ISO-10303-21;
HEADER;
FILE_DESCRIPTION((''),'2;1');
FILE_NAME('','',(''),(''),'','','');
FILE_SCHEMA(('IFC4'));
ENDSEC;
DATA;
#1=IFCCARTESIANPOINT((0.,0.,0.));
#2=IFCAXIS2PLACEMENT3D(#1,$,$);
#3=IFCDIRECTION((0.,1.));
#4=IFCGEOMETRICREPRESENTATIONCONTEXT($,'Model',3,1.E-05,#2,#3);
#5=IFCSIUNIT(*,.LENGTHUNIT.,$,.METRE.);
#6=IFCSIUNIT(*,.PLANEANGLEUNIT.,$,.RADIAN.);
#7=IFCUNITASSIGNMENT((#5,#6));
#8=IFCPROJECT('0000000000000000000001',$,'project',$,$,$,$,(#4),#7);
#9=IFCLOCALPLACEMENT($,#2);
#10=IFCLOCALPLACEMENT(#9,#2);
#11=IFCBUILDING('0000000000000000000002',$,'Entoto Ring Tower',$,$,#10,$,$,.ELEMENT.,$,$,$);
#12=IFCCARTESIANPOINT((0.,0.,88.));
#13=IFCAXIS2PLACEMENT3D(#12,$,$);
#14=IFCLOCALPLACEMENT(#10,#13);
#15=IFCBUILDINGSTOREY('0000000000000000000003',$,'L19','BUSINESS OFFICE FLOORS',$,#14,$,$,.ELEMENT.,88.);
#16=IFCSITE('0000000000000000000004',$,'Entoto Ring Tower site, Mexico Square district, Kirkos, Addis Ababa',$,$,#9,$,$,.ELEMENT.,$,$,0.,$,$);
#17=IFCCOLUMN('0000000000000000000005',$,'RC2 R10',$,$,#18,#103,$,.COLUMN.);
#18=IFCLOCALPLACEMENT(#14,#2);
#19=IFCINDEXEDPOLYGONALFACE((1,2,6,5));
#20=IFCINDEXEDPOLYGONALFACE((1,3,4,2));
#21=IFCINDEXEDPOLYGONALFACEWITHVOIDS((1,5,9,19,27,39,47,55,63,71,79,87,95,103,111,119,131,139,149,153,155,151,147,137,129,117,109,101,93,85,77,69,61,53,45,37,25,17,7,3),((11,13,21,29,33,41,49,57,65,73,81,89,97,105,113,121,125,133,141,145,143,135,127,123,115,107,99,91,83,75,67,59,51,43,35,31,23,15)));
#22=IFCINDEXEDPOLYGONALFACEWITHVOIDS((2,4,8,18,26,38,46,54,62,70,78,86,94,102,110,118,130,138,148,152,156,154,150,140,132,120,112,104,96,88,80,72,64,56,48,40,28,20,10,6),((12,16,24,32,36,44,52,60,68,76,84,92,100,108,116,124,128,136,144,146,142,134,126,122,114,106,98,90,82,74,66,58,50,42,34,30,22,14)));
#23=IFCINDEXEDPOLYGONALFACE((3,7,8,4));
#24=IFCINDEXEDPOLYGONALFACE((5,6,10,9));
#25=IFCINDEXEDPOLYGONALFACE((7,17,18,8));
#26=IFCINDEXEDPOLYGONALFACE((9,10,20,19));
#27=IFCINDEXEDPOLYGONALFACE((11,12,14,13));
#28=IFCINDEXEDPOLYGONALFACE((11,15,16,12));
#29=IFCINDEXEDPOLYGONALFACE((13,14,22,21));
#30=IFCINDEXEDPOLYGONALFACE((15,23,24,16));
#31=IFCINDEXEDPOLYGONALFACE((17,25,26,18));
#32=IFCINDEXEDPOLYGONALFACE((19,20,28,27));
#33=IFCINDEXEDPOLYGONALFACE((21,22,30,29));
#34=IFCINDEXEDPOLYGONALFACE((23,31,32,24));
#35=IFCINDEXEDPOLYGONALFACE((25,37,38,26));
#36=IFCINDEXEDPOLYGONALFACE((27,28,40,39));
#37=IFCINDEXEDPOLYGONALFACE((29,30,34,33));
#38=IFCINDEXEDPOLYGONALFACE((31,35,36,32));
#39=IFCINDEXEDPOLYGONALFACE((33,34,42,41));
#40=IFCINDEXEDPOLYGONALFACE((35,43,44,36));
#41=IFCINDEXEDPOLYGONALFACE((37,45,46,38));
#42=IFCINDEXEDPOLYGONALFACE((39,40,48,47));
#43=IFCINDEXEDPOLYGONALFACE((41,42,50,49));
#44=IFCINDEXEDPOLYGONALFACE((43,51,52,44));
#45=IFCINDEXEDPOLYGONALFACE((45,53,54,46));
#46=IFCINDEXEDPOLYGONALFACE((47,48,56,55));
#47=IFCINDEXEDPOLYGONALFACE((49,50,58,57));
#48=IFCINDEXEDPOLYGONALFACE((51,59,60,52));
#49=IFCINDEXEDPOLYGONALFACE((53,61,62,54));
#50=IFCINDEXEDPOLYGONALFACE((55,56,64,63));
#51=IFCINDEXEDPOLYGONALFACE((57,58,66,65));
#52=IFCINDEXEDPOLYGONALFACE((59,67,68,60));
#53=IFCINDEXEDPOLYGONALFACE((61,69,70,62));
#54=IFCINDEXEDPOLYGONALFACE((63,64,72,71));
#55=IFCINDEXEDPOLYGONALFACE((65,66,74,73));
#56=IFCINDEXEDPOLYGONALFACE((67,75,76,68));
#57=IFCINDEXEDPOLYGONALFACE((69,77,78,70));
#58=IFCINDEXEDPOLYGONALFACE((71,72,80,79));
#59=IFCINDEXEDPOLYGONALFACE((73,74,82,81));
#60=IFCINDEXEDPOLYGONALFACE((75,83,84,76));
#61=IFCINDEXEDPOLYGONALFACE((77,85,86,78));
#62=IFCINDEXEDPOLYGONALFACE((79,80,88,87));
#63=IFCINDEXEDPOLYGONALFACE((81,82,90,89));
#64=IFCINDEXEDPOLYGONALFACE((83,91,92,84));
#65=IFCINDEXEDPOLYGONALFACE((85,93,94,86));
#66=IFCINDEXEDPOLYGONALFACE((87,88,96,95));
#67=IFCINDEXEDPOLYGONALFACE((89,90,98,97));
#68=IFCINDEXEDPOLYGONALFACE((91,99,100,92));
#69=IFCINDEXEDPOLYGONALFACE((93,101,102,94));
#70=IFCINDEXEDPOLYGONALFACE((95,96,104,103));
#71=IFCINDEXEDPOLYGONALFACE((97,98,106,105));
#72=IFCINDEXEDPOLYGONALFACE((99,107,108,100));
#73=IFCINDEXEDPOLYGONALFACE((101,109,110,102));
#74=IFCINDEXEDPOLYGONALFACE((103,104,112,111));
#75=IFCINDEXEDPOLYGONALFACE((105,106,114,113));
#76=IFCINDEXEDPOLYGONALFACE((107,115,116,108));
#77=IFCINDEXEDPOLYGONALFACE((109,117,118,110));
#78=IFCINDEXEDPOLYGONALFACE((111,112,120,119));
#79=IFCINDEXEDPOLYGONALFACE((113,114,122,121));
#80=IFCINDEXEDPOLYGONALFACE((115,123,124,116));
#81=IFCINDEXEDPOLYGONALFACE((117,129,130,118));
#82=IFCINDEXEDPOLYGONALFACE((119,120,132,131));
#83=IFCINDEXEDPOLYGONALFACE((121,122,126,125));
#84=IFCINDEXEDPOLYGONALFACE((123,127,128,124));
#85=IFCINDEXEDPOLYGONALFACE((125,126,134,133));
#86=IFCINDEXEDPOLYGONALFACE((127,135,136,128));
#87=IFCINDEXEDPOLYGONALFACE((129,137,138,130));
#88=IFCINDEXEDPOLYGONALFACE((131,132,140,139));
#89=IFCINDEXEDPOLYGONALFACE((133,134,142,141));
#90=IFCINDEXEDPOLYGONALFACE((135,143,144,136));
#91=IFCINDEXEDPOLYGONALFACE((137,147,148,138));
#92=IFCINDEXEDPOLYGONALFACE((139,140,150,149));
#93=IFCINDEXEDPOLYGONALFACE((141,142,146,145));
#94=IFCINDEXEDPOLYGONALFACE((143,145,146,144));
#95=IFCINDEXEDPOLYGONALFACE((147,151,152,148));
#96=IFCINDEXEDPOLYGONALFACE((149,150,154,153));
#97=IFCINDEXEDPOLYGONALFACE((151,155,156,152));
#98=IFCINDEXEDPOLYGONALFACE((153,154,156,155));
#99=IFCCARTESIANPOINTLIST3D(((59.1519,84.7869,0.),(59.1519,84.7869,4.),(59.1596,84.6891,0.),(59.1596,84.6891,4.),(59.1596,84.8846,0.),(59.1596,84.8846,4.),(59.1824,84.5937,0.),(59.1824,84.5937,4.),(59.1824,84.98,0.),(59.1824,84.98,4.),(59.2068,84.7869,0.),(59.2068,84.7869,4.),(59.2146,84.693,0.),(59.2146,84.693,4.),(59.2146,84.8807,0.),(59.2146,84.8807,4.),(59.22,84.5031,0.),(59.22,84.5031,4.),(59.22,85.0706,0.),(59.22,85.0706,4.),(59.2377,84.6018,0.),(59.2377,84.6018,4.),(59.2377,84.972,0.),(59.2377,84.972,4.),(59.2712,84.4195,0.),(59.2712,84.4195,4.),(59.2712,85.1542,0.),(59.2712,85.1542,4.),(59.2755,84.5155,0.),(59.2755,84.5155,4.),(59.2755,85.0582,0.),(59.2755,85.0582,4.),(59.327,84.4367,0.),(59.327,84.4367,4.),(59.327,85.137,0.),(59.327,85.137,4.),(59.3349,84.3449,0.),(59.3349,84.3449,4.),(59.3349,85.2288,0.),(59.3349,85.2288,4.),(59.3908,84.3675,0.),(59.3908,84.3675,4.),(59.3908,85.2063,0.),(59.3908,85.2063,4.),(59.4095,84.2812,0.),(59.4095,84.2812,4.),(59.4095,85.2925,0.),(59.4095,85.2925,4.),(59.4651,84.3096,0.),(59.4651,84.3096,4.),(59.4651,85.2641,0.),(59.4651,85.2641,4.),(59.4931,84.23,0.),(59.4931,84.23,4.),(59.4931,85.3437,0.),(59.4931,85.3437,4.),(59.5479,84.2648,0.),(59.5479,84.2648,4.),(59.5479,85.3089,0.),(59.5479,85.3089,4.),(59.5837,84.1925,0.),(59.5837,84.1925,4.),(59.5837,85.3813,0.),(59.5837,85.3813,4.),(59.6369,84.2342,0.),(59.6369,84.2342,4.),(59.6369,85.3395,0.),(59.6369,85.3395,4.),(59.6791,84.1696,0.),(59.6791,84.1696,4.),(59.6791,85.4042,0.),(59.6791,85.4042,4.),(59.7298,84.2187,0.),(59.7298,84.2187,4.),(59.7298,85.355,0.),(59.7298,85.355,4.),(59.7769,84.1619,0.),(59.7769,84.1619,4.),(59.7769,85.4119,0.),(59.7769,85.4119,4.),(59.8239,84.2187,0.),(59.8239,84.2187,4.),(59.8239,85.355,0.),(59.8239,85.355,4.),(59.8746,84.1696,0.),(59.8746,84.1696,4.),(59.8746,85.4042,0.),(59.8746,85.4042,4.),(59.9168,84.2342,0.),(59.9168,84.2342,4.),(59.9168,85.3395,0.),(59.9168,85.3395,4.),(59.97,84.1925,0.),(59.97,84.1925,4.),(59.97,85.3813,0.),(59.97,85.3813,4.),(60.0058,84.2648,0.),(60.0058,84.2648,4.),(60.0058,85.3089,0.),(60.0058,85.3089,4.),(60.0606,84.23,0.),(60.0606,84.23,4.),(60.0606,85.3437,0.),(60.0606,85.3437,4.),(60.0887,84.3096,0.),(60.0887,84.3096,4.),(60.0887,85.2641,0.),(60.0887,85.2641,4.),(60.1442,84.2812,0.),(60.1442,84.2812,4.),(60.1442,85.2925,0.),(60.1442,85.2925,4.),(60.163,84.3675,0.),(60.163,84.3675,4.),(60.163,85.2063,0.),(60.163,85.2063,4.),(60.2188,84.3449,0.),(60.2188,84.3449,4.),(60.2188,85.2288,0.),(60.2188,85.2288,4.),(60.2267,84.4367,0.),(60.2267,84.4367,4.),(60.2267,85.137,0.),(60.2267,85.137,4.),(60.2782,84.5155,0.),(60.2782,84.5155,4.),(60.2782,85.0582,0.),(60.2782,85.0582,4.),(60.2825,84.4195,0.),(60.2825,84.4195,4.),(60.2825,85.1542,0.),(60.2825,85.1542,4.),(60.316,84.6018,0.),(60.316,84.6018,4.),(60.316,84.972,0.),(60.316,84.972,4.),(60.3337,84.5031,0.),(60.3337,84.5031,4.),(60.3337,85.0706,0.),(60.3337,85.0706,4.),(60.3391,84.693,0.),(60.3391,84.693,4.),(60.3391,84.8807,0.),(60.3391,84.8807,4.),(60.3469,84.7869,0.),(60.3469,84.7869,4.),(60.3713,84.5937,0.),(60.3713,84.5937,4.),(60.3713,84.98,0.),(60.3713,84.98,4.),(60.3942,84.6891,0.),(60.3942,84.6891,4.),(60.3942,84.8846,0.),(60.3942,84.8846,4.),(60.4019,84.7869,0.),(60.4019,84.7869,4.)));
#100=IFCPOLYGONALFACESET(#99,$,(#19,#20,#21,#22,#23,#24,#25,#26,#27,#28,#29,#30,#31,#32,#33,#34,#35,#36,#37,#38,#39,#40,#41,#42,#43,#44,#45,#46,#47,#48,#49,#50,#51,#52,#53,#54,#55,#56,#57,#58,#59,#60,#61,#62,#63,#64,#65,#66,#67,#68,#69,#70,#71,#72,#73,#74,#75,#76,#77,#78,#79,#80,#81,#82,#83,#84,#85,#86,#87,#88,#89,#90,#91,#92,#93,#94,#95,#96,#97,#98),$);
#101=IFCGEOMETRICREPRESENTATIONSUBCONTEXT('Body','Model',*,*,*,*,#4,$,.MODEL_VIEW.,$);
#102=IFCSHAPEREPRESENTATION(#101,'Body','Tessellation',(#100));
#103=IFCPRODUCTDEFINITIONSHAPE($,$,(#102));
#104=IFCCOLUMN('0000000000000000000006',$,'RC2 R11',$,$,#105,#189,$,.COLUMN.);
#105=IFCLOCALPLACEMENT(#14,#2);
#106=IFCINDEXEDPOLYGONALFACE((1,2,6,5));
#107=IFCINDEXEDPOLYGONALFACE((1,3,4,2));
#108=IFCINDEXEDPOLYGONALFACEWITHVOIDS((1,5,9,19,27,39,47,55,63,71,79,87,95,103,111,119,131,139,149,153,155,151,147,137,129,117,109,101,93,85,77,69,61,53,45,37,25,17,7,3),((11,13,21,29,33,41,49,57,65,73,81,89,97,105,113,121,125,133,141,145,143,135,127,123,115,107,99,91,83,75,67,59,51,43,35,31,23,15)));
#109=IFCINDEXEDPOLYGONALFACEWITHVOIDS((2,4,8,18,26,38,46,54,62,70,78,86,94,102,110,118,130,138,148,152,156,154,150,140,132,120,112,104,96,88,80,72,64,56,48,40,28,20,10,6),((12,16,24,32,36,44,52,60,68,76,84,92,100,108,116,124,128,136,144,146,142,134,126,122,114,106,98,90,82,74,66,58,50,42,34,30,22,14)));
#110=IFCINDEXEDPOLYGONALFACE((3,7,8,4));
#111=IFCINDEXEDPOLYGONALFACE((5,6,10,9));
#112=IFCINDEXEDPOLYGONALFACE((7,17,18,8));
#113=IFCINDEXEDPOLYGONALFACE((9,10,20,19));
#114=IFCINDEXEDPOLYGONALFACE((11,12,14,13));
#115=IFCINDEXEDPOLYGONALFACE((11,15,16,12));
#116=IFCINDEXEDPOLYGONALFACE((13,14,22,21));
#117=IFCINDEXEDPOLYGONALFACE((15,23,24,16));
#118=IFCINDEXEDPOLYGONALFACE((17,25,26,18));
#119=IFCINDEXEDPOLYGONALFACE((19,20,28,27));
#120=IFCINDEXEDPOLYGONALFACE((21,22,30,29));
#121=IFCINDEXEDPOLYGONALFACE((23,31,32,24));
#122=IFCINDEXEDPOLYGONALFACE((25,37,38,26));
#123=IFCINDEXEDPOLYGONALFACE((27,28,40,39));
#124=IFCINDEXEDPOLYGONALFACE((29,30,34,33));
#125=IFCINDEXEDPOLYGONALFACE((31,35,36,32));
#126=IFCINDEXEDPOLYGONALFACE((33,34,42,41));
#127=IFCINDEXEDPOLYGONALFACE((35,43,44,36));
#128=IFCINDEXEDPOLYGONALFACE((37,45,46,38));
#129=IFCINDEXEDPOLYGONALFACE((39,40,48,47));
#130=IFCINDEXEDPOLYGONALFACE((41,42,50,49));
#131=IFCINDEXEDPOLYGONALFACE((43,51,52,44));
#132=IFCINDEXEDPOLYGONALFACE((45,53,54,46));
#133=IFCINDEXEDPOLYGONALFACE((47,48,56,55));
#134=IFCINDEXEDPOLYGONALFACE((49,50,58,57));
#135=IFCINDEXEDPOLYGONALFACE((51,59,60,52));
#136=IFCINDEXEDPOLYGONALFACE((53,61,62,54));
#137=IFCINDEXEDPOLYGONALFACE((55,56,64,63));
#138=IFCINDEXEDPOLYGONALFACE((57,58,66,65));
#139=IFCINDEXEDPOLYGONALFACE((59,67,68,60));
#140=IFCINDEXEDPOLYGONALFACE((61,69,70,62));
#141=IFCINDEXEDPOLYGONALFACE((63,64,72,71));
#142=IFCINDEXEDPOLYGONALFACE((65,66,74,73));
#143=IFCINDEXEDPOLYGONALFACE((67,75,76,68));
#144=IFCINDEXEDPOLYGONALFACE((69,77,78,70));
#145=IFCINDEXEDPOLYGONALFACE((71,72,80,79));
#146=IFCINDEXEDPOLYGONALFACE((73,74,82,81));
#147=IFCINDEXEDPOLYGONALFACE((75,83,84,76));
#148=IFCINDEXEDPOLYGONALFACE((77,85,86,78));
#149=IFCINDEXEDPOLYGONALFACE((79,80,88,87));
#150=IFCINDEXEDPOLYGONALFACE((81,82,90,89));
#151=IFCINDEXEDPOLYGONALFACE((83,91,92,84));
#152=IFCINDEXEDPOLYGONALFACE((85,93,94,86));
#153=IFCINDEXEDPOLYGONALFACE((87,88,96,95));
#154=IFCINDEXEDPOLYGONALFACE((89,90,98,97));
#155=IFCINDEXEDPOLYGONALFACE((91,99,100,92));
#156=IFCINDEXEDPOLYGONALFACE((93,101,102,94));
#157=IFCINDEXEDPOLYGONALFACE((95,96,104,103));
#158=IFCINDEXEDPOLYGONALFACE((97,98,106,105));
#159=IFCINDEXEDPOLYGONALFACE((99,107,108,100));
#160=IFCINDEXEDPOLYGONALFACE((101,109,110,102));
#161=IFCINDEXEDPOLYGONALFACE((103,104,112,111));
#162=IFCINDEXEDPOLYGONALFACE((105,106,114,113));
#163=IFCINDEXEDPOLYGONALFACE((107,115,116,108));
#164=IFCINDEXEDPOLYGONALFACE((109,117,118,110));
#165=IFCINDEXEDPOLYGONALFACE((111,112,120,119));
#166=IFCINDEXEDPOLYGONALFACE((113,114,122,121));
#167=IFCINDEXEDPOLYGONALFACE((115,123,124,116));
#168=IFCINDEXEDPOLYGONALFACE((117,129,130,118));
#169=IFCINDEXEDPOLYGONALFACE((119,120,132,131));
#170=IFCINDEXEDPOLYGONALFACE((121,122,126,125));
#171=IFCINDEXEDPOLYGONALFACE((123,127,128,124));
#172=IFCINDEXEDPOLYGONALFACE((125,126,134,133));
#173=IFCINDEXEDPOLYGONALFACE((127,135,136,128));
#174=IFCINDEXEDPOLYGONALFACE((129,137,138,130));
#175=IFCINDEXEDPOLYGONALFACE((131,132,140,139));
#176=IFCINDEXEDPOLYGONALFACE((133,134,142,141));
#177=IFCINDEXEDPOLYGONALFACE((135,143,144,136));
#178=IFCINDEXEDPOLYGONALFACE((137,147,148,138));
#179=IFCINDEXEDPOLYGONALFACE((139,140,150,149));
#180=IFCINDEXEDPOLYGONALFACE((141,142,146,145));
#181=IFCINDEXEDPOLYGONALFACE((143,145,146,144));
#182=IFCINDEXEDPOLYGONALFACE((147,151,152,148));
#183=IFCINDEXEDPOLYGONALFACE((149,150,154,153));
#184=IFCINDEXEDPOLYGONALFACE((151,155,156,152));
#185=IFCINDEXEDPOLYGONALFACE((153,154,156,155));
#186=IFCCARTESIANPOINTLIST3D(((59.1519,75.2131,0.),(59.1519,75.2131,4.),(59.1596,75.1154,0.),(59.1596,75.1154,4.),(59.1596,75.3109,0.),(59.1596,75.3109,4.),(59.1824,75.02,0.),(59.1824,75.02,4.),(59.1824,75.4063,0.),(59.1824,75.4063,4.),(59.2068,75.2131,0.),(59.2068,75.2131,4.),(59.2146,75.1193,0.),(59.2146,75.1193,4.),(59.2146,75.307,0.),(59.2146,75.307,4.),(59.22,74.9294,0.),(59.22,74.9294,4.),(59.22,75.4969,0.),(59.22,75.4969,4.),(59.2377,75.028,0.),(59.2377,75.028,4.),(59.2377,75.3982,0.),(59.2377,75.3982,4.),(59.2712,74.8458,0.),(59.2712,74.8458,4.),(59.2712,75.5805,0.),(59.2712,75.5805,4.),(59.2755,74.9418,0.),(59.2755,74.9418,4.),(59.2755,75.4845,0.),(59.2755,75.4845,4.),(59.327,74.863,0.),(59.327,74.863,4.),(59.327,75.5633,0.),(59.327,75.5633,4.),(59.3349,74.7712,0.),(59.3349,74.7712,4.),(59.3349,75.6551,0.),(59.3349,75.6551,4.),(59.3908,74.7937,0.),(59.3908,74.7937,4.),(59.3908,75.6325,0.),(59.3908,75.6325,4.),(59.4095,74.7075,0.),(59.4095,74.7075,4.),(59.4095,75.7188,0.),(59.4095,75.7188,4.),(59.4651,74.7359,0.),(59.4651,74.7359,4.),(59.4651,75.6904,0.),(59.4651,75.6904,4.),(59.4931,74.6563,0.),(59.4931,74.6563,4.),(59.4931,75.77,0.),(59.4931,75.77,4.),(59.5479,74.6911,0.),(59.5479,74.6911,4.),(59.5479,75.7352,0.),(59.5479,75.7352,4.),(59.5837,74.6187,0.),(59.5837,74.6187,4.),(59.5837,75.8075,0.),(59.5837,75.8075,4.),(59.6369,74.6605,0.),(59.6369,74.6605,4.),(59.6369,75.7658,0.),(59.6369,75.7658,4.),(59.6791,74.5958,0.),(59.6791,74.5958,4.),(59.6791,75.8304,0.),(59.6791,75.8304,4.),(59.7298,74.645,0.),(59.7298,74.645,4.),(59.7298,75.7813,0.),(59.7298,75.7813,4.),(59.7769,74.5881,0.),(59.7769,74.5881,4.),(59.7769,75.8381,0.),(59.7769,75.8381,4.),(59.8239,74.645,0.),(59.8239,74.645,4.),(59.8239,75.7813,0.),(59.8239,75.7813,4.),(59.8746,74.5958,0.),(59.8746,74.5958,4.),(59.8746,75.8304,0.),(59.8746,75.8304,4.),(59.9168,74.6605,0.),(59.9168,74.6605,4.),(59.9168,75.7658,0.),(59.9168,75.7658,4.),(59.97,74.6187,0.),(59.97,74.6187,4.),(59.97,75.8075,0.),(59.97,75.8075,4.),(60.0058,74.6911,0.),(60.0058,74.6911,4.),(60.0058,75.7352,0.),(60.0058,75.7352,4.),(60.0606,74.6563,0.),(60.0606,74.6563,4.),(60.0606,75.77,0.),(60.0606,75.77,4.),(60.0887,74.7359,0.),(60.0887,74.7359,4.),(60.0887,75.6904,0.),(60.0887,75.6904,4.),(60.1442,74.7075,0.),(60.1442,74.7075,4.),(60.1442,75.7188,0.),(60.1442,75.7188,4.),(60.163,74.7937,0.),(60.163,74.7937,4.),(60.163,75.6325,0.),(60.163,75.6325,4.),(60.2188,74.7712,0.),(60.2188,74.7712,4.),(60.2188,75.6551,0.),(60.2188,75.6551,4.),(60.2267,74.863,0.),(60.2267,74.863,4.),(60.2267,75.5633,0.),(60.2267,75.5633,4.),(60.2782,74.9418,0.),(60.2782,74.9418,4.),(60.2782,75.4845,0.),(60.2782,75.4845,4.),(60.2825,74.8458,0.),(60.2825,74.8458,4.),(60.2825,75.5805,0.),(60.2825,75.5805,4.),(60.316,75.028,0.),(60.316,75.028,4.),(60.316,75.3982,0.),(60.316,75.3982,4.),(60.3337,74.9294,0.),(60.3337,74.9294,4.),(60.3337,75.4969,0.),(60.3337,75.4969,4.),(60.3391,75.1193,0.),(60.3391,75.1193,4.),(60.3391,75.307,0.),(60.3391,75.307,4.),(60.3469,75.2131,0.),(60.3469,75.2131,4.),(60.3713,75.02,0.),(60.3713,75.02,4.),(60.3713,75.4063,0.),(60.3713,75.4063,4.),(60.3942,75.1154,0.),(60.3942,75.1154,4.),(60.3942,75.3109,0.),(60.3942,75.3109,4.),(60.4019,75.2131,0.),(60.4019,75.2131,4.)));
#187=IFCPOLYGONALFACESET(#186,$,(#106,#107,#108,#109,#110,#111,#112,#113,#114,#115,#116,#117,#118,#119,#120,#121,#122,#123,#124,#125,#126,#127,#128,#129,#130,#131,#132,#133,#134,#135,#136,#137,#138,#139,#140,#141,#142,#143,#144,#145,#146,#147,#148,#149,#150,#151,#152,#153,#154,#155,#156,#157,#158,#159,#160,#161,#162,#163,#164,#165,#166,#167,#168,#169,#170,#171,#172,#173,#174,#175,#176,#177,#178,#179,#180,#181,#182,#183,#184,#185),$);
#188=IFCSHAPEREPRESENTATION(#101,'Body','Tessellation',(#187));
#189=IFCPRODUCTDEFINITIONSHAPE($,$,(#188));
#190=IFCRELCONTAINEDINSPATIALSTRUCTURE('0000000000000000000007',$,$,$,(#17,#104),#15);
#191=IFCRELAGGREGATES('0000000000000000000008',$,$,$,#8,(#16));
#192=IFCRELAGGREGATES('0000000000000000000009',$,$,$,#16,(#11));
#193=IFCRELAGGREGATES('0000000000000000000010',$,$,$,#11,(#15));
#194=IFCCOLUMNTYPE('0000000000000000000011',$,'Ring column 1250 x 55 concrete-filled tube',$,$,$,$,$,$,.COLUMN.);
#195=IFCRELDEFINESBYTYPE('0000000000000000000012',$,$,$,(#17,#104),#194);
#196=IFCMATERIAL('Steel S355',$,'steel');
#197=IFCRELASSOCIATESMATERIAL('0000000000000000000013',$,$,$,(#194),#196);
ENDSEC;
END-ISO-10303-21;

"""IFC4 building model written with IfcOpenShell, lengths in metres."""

from ifc_helpers import new_model, si_unit, direction, frame, origin, origin_2d, place, context, subcontext, project, spatial, circle, hollow_circle, extrude, material, material_profile, profile_set, type_object, element, save


model = new_model("IFC4")

# Units and contexts
model_context = context("Model", 3, precision=1e-05, world=origin(), true_north=direction((0.0, 1.0)))
body_context = subcontext(model_context, "Body", "Model", "MODEL_VIEW")
ifc_project = project(units=[si_unit("LENGTHUNIT", "METRE"), si_unit("PLANEANGLEUNIT", "RADIAN")], contexts=[model_context])

# Site, building, storey
site_placement = place(None, origin())
site = spatial("IfcSite", under=ifc_project, at=site_placement, Name="Entoto Ring Tower site, Mexico Square district, Kirkos, Addis Ababa", CompositionType="ELEMENT", RefElevation=0.0)
building_placement = place(site_placement, origin())
building = spatial("IfcBuilding", under=site, at=building_placement, Name="Entoto Ring Tower", CompositionType="ELEMENT")
storey_placement = place(building_placement, frame((0.0, 0.0, 88.0)))
storey = spatial("IfcBuildingStorey", under=building, at=storey_placement, Name="L19", Description="BUSINESS OFFICE FLOORS", CompositionType="ELEMENT", Elevation=88.0)

# Columns
ifc_material_1 = material(Name="Steel S355", Category="steel")
ifc_material_profile_1 = material_profile(ifc_material_1, hollow_circle(Radius=0.625, WallThickness=0.0549, at=origin_2d()), Name="CHS 1250 x 55")
ifc_material_2 = material(Name="Concrete C60/75", Category="concrete")
ifc_material_profile_2 = material_profile(ifc_material_2, circle(Radius=0.5701, at=origin_2d()), Name="Concrete C60/75 infill")
ifc_profile_set_1 = profile_set([ifc_material_profile_1, ifc_material_profile_2], Name="Steel S355")
column_type = type_object("IfcColumnType", Name="Ring column 1250 x 55 concrete-filled tube", PredefinedType="COLUMN", material=ifc_profile_set_1)
for number, where, z_axis, x_axis, name in (
    (1, (59.7769, 84.7869, 0.0), (0.0, 0.0, 1.0), (1.0, 0.0, 0.0), "RC2 R10"),
    (2, (59.7769, 75.2131, 0.0), (0.0, 0.0, 1.0), (1.0, 0.0, 0.0), "RC2 R11"),
):
    element("IfcColumn", number, at=place(storey_placement, frame(where, z_axis=z_axis, x_axis=x_axis)), inside=storey, type_object=column_type, Name=name, PredefinedType="COLUMN", context=body_context, shape_type="SweptSolid", body=[
        extrude(hollow_circle(Radius=0.625, WallThickness=0.0549, at=origin_2d()), origin(), (0.0, 0.0, 1.0), 4.0),
    ])

save(model, "model.ifc")
